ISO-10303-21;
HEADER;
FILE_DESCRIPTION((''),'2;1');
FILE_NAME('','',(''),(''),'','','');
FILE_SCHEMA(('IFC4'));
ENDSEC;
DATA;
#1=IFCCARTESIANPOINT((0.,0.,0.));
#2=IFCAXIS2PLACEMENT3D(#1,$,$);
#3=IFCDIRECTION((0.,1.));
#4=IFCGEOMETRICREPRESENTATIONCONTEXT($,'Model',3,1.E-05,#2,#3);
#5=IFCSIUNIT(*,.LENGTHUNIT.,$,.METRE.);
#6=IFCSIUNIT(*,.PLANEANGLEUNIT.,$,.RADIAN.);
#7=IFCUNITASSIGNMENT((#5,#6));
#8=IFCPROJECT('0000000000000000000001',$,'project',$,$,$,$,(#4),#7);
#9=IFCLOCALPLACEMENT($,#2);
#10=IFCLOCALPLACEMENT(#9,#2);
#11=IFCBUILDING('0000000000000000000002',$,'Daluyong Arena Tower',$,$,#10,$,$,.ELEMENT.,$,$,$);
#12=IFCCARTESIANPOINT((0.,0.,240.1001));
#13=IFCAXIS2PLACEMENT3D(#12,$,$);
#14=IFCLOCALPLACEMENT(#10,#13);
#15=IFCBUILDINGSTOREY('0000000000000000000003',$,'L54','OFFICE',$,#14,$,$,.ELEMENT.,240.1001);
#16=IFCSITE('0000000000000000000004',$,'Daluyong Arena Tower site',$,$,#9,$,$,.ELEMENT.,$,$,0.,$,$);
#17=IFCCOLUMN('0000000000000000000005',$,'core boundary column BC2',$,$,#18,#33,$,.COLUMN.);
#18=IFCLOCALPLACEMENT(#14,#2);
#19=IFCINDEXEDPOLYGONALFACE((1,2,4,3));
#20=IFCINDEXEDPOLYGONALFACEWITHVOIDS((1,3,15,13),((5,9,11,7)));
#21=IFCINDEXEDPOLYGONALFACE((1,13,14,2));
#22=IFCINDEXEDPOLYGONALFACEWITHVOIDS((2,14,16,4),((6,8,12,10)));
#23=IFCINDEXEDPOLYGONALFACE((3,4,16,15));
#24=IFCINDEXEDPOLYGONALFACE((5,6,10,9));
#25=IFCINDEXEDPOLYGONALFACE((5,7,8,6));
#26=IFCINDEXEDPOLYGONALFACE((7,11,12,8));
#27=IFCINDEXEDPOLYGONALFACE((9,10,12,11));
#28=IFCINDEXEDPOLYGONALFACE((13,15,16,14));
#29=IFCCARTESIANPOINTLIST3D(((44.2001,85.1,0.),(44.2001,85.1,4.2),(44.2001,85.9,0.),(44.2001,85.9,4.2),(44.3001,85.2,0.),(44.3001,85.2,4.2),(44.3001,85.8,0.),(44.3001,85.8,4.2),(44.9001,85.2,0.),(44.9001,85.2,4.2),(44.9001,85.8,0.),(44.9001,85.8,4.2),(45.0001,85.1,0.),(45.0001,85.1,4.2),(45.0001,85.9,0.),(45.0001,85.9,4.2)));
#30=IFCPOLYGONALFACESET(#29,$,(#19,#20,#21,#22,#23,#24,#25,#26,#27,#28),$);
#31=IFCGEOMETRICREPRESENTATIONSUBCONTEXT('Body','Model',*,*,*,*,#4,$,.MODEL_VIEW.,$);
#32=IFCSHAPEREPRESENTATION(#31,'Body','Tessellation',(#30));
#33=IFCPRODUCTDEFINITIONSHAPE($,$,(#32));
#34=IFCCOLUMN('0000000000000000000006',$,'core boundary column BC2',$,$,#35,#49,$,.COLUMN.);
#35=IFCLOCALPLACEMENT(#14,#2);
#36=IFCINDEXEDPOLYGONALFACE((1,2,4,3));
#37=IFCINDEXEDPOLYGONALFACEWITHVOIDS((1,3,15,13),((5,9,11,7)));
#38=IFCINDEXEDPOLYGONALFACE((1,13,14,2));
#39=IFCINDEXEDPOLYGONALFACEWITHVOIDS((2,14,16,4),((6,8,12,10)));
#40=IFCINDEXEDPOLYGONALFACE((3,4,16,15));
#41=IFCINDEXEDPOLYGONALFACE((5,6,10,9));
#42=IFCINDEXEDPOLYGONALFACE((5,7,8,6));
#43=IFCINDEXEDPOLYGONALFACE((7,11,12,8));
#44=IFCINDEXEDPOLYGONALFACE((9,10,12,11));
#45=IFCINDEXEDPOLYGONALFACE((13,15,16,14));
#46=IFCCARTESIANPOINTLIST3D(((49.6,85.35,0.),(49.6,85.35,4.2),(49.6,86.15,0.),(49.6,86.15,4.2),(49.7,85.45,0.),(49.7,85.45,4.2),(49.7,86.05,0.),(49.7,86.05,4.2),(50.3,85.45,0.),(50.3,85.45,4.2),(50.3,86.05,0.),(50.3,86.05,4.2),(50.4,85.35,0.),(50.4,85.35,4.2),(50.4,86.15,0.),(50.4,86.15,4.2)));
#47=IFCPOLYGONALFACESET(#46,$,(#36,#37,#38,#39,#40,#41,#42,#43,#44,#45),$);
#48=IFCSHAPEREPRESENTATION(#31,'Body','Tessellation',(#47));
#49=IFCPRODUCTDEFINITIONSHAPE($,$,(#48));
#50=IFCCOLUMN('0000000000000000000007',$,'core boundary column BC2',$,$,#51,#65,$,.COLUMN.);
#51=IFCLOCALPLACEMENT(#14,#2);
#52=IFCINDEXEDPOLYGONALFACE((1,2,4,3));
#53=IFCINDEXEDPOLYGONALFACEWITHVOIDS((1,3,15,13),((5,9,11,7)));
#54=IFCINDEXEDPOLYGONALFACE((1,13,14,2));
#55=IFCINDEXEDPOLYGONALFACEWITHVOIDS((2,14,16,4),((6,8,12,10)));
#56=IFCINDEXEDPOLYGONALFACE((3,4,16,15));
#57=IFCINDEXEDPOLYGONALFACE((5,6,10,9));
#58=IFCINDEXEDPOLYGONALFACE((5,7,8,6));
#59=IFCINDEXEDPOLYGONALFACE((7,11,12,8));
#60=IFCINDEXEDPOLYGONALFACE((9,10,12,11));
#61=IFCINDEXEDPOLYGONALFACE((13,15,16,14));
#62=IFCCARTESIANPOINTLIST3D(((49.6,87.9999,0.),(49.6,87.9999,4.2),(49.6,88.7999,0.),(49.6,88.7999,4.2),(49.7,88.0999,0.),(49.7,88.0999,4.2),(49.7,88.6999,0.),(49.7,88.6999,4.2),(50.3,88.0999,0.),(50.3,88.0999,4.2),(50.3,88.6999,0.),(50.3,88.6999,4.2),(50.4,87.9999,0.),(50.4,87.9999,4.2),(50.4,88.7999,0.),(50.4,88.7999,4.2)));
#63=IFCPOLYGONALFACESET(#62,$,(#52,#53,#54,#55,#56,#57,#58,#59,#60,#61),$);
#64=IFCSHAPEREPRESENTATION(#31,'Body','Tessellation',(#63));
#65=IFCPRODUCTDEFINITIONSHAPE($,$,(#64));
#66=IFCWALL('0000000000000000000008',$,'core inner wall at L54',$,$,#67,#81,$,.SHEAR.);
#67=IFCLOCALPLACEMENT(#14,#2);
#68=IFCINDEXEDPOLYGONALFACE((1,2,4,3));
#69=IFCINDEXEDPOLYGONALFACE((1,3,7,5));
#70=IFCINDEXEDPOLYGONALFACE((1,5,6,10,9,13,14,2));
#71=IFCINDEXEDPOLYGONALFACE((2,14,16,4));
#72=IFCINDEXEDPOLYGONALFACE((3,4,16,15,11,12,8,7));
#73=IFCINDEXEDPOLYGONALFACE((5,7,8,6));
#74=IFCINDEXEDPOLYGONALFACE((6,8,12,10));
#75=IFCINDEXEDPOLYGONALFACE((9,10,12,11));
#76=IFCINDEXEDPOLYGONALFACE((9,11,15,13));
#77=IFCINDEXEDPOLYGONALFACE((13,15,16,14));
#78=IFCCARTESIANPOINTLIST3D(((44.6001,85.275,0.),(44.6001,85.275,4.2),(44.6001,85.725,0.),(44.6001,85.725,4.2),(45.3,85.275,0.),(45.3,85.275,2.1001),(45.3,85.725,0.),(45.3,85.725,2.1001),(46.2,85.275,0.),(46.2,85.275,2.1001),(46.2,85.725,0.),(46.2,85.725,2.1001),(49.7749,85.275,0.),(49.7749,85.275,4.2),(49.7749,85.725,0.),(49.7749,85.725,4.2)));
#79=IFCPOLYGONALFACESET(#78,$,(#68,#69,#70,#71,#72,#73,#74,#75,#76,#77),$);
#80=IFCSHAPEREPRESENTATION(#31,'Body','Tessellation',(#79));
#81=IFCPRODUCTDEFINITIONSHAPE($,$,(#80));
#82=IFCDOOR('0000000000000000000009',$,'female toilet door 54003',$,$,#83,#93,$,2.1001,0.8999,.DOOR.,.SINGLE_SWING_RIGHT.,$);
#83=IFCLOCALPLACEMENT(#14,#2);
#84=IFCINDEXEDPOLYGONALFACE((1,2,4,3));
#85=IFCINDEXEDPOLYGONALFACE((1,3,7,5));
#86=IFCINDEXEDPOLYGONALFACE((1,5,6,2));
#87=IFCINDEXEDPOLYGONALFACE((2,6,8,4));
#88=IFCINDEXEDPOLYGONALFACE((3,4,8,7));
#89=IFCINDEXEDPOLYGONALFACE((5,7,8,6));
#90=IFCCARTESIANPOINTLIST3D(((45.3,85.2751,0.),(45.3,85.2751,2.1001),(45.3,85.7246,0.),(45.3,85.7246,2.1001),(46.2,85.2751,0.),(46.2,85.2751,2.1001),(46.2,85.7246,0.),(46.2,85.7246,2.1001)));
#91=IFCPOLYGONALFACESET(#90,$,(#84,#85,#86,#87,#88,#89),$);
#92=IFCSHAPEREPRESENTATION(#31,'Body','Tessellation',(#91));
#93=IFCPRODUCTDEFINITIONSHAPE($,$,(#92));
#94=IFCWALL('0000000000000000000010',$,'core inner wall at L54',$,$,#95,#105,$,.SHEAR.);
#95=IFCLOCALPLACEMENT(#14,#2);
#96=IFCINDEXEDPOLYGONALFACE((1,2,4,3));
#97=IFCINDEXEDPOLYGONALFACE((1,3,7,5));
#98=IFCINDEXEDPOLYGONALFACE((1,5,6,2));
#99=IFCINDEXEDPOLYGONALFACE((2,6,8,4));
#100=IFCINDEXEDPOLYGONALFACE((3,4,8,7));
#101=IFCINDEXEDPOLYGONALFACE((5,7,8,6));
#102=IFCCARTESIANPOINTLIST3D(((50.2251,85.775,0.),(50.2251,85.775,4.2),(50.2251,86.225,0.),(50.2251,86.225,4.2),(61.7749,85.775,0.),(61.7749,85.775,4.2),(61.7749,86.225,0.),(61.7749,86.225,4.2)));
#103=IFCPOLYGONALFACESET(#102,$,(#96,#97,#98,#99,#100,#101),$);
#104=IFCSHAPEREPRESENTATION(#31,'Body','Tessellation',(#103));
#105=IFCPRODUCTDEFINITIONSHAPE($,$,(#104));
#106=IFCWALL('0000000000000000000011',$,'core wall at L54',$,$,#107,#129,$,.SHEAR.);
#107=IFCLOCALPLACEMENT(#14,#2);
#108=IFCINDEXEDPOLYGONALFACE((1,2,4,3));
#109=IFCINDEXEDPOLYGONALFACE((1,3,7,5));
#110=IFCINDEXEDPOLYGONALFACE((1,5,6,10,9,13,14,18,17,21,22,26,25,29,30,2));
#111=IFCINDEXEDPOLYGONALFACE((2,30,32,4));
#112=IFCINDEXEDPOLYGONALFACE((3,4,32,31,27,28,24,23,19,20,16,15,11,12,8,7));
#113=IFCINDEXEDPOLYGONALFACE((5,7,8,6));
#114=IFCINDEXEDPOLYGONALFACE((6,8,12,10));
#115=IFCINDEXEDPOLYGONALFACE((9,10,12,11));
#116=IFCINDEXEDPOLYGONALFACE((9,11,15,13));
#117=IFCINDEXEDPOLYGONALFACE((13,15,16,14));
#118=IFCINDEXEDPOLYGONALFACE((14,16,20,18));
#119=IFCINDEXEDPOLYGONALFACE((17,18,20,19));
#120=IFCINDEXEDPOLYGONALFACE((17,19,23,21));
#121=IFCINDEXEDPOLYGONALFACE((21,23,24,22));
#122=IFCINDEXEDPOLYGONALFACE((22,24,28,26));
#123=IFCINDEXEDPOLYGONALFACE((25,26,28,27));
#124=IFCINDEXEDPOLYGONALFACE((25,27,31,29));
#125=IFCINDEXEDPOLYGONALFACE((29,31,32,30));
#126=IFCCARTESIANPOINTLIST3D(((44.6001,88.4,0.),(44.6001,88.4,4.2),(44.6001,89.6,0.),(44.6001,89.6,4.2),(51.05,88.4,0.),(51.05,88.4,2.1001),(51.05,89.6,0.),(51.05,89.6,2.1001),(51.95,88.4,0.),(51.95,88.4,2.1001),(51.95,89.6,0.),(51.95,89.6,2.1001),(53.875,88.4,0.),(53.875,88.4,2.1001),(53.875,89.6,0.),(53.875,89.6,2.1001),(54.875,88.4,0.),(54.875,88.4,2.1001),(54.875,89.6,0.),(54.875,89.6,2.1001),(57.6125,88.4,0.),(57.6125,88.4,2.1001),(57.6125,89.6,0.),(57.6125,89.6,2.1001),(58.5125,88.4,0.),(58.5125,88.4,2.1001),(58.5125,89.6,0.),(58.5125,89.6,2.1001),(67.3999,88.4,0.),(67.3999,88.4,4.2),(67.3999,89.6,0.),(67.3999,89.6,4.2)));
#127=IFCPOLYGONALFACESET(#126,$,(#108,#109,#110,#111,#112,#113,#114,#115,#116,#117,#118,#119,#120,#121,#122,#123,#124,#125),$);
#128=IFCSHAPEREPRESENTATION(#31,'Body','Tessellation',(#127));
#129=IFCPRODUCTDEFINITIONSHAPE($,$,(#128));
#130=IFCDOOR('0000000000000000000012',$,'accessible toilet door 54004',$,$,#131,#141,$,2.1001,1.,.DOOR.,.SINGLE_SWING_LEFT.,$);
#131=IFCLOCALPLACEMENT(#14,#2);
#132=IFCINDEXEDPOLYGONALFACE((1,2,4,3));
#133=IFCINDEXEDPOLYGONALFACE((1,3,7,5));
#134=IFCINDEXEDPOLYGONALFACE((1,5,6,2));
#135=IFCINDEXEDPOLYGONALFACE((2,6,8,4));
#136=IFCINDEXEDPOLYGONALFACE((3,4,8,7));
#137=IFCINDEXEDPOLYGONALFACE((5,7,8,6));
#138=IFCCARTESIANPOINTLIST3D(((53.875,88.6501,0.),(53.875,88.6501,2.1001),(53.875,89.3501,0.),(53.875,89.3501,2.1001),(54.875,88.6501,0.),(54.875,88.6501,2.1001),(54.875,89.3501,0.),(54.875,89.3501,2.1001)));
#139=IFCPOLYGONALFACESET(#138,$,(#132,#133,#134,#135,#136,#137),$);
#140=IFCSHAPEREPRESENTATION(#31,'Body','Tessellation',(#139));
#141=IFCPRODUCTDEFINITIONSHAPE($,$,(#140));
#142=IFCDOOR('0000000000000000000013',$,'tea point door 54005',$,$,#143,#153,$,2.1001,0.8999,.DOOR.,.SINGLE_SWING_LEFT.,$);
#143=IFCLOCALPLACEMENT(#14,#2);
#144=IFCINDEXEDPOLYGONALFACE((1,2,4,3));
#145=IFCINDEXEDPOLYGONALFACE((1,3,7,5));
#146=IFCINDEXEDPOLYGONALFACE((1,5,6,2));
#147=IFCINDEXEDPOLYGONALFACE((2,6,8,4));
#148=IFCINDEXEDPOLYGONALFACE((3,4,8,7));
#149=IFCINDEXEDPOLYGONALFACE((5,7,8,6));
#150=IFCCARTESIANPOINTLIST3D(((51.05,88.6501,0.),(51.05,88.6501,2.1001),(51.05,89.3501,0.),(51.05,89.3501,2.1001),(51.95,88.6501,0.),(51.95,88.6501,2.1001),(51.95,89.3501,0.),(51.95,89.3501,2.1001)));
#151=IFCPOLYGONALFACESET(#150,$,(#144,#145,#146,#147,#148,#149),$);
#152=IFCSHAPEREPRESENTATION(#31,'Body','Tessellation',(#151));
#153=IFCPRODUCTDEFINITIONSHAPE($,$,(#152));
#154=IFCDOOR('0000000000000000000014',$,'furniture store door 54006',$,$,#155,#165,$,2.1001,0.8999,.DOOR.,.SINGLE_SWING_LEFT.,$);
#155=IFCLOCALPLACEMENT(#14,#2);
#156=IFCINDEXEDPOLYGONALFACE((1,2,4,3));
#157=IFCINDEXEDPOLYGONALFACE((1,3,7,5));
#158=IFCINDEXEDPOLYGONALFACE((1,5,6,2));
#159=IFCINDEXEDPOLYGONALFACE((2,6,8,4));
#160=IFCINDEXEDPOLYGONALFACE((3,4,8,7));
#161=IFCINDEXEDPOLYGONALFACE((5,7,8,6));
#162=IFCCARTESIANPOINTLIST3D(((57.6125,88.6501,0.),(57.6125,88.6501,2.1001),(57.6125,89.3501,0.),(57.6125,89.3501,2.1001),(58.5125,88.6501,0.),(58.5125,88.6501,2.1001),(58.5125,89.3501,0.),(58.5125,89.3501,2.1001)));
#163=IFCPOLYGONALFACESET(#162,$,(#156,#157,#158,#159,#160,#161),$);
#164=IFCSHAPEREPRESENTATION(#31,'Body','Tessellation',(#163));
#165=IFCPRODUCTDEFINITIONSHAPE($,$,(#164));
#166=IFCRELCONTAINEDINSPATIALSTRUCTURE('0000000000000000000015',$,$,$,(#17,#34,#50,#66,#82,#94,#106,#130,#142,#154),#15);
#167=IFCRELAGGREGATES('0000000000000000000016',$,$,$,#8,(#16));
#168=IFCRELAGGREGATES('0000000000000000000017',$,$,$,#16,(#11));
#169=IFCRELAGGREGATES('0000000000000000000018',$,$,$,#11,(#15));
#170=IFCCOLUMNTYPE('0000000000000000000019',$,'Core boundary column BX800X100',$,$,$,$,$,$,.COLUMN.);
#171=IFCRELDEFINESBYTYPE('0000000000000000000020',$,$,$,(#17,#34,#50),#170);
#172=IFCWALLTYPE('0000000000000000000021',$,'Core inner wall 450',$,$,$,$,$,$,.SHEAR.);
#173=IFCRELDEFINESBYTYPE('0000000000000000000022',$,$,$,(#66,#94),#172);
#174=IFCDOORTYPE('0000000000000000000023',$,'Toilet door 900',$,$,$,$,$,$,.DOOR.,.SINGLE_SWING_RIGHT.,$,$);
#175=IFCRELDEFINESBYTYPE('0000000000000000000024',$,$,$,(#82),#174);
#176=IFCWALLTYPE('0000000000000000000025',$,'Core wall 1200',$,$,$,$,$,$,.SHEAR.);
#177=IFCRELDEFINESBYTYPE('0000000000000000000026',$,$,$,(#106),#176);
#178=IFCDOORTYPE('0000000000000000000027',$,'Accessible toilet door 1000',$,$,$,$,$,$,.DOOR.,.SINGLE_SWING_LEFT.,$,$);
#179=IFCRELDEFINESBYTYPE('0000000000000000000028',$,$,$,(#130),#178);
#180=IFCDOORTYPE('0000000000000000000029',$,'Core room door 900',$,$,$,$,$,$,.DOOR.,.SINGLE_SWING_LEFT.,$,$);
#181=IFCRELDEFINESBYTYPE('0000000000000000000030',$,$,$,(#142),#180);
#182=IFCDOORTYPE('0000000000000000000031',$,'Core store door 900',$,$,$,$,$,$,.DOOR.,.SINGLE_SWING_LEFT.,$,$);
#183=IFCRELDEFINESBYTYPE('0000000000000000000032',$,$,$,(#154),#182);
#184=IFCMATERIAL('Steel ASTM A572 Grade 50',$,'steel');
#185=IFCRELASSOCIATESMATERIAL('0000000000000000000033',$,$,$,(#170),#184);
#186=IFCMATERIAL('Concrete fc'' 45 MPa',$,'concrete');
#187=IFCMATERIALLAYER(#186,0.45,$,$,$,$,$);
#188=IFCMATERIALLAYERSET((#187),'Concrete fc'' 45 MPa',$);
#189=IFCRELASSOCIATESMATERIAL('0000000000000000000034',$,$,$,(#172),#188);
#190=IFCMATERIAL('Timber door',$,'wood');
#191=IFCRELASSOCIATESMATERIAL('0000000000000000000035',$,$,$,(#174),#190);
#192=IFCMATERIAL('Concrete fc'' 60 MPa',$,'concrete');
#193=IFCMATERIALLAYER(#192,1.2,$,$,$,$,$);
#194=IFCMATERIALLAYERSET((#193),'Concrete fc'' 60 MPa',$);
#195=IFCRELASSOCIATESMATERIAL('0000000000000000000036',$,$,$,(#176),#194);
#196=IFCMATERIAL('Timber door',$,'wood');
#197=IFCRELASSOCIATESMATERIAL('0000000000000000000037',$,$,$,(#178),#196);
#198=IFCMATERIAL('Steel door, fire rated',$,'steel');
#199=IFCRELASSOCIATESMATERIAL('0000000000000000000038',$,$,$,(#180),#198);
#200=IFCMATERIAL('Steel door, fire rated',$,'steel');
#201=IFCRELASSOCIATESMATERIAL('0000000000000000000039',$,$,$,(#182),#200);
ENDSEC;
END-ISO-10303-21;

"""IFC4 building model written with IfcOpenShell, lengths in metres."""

from ifc_helpers import new_model, si_unit, direction, frame, frame_2d, origin, origin_2d, place, context, subcontext, project, spatial, rectangle, hollow_rectangle, extrude, material, layer, layer_set, material_profile, profile_set, type_object, element, fill, save


model = new_model("IFC4")

# Units and contexts
model_context = context("Model", 3, precision=1e-05, world=origin(), true_north=direction((0.0, 1.0)))
body_context = subcontext(model_context, "Body", "Model", "MODEL_VIEW")
ifc_project = project(units=[si_unit("LENGTHUNIT", "METRE"), si_unit("PLANEANGLEUNIT", "RADIAN")], contexts=[model_context])

# Site, building, storey
site_placement = place(None, origin())
site = spatial("IfcSite", under=ifc_project, at=site_placement, Name="Daluyong Arena Tower site", CompositionType="ELEMENT", RefElevation=0.0)
building_placement = place(site_placement, origin())
building = spatial("IfcBuilding", under=site, at=building_placement, Name="Daluyong Arena Tower", CompositionType="ELEMENT")
storey_placement = place(building_placement, frame((0.0, 0.0, 240.1001)))
storey = spatial("IfcBuildingStorey", under=building, at=storey_placement, Name="L54", Description="OFFICE", CompositionType="ELEMENT", Elevation=240.1001)

# Columns
ifc_material_1 = material(Name="Steel ASTM A572 Grade 50", Category="steel")
ifc_material_profile = material_profile(ifc_material_1, hollow_rectangle(XDim=0.8, YDim=0.8, WallThickness=0.1, at=origin_2d()))
ifc_profile_set = profile_set([ifc_material_profile], Name="Steel ASTM A572 Grade 50")
column_type = type_object("IfcColumnType", Name="Core boundary column BX800X100", PredefinedType="COLUMN", material=ifc_profile_set)
for number, where, z_axis, x_axis, name in (
    (1, (44.6001, 85.5, 0.0), (0.0, 0.0, 1.0), (1.0, 0.0, 0.0), "core boundary column BC2"),
    (2, (50.0, 85.75, 0.0), (0.0, 0.0, 1.0), (1.0, 0.0, 0.0), "core boundary column BC2"),
    (3, (50.0, 88.3999, 0.0), (0.0, 0.0, 1.0), (1.0, 0.0, 0.0), "core boundary column BC2"),
):
    element("IfcColumn", number, at=place(storey_placement, frame(where, z_axis=z_axis, x_axis=x_axis)), inside=storey, type_object=column_type, Name=name, PredefinedType="COLUMN", context=body_context, shape_type="SweptSolid", body=[
        extrude(hollow_rectangle(XDim=0.8, YDim=0.8, WallThickness=0.1, at=origin_2d()), origin(), (0.0, 0.0, 1.0), 4.2),
    ])

# Wall, opening, door
ifc_material_2 = material(Name="Concrete fc' 45 MPa", Category="concrete")
ifc_layer_1 = layer(ifc_material_2, 0.45)
ifc_layer_set_1 = layer_set([ifc_layer_1], Name="Concrete fc' 45 MPa")
wall_type_1 = type_object("IfcWallType", Name="Core inner wall 450", PredefinedType="SHEAR", material=ifc_layer_set_1)
wall_1_placement = place(storey_placement, frame((44.6001, 85.5, 0.0), z_axis=(0.0, 0.0, 1.0), x_axis=(1.0, 0.0, 0.0)))
wall_1 = element("IfcWall", 4, at=wall_1_placement, inside=storey, type_object=wall_type_1, Name="core inner wall at L54", PredefinedType="SHEAR", context=body_context, shape_type="SweptSolid", body=[
    extrude(rectangle(XDim=5.1748, YDim=0.45, at=frame_2d((2.5874, 0.0))), origin(), (0.0, 0.0, 1.0), 4.2),
])
opening_1_placement = place(wall_1_placement, frame((0.7, 0.0, 0.0)))
opening_1 = element("IfcOpeningElement", 5, at=opening_1_placement, cuts=wall_1, PredefinedType="OPENING", context=body_context, shape_type="SweptSolid", body=[
    extrude(rectangle(XDim=0.8999, YDim=2.1001, at=frame_2d((0.45, 1.05))), frame((0.0, 0.2349, 0.0), z_axis=(0.0, -1.0, 0.0), x_axis=(1.0, 0.0, 0.0)), (0.0, 0.0, 1.0), 0.47),
])
ifc_material_3 = material(Name="Timber door", Category="wood")
door_type_1 = type_object("IfcDoorType", Name="Toilet door 900", OperationType="SINGLE_SWING_RIGHT", PredefinedType="DOOR", material=ifc_material_3)
door_1_placement = place(opening_1_placement, origin())
door_1 = element("IfcDoor", 6, at=door_1_placement, inside=storey, type_object=door_type_1, Name="female toilet door 54003", OperationType="SINGLE_SWING_RIGHT", OverallHeight=2.1001, OverallWidth=0.8999, PredefinedType="DOOR", context=body_context, shape_type="SweptSolid", body=[
    extrude(rectangle(XDim=0.8999, YDim=2.1001, at=frame_2d((0.45, 1.05))), frame((0.0, 0.2246, 0.0), z_axis=(0.0, -1.0, 0.0), x_axis=(1.0, 0.0, 0.0)), (0.0, 0.0, 1.0), 0.4495),
])
fill(opening_1, door_1)

# Wall
wall_2_placement = place(storey_placement, frame((50.2251, 86.0, 0.0), z_axis=(0.0, 0.0, 1.0), x_axis=(1.0, 0.0, 0.0)))
element("IfcWall", 7, at=wall_2_placement, inside=storey, type_object=wall_type_1, Name="core inner wall at L54", PredefinedType="SHEAR", context=body_context, shape_type="SweptSolid", body=[
    extrude(rectangle(XDim=11.5498, YDim=0.45, at=frame_2d((5.7749, 0.0))), origin(), (0.0, 0.0, 1.0), 4.2),
])

# Wall, openings, doors
ifc_material_4 = material(Name="Concrete fc' 60 MPa", Category="concrete")
ifc_layer_2 = layer(ifc_material_4, 1.2)
ifc_layer_set_2 = layer_set([ifc_layer_2], Name="Concrete fc' 60 MPa")
wall_type_2 = type_object("IfcWallType", Name="Core wall 1200", PredefinedType="SHEAR", material=ifc_layer_set_2)
wall_3_placement = place(storey_placement, frame((44.6001, 89.0, 0.0), z_axis=(0.0, 0.0, 1.0), x_axis=(1.0, 0.0, 0.0)))
wall_3 = element("IfcWall", 8, at=wall_3_placement, inside=storey, type_object=wall_type_2, Name="core wall at L54", PredefinedType="SHEAR", context=body_context, shape_type="SweptSolid", body=[
    extrude(rectangle(XDim=22.7998, YDim=1.2, at=frame_2d((11.3999, 0.0))), origin(), (0.0, 0.0, 1.0), 4.2),
])
opening_2_placement = place(wall_3_placement, frame((9.2749, 0.0, 0.0)))
opening_2 = element("IfcOpeningElement", 9, at=opening_2_placement, cuts=wall_3, PredefinedType="OPENING", context=body_context, shape_type="SweptSolid", body=[
    extrude(rectangle(XDim=1.0, YDim=2.1001, at=frame_2d((0.5, 1.05))), frame((0.0, 0.6099, 0.0), z_axis=(0.0, -1.0, 0.0), x_axis=(1.0, 0.0, 0.0)), (0.0, 0.0, 1.0), 1.22),
])
opening_3_placement = place(wall_3_placement, frame((6.45, 0.0, 0.0)))
opening_3 = element("IfcOpeningElement", 10, at=opening_3_placement, cuts=wall_3, PredefinedType="OPENING", context=body_context, shape_type="SweptSolid", body=[
    extrude(rectangle(XDim=0.8999, YDim=2.1001, at=frame_2d((0.45, 1.05))), frame((0.0, 0.6099, 0.0), z_axis=(0.0, -1.0, 0.0), x_axis=(1.0, 0.0, 0.0)), (0.0, 0.0, 1.0), 1.22),
])
opening_4_placement = place(wall_3_placement, frame((13.0125, 0.0, 0.0)))
opening_4 = element("IfcOpeningElement", 11, at=opening_4_placement, cuts=wall_3, PredefinedType="OPENING", context=body_context, shape_type="SweptSolid", body=[
    extrude(rectangle(XDim=0.8999, YDim=2.1001, at=frame_2d((0.45, 1.05))), frame((0.0, 0.6099, 0.0), z_axis=(0.0, -1.0, 0.0), x_axis=(1.0, 0.0, 0.0)), (0.0, 0.0, 1.0), 1.22),
])
ifc_material_5 = material(Name="Timber door", Category="wood")
door_type_2 = type_object("IfcDoorType", Name="Accessible toilet door 1000", OperationType="SINGLE_SWING_LEFT", PredefinedType="DOOR", material=ifc_material_5)
door_2_placement = place(opening_2_placement, origin())
door_2 = element("IfcDoor", 12, at=door_2_placement, inside=storey, type_object=door_type_2, Name="accessible toilet door 54004", OperationType="SINGLE_SWING_LEFT", OverallHeight=2.1001, OverallWidth=1.0, PredefinedType="DOOR", context=body_context, shape_type="SweptSolid", body=[
    extrude(rectangle(XDim=1.0, YDim=2.1001, at=frame_2d((0.5, 1.05))), frame((0.0, 0.3501, 0.0), z_axis=(0.0, -1.0, 0.0), x_axis=(1.0, 0.0, 0.0)), (0.0, 0.0, 1.0), 0.7),
])
fill(opening_2, door_2)
ifc_material_6 = material(Name="Steel door, fire rated", Category="steel")
door_type_3 = type_object("IfcDoorType", Name="Core room door 900", OperationType="SINGLE_SWING_LEFT", PredefinedType="DOOR", material=ifc_material_6)
door_3_placement = place(opening_3_placement, origin())
door_3 = element("IfcDoor", 13, at=door_3_placement, inside=storey, type_object=door_type_3, Name="tea point door 54005", OperationType="SINGLE_SWING_LEFT", OverallHeight=2.1001, OverallWidth=0.8999, PredefinedType="DOOR", context=body_context, shape_type="SweptSolid", body=[
    extrude(rectangle(XDim=0.8999, YDim=2.1001, at=frame_2d((0.45, 1.05))), frame((0.0, 0.3501, 0.0), z_axis=(0.0, -1.0, 0.0), x_axis=(1.0, 0.0, 0.0)), (0.0, 0.0, 1.0), 0.7),
])
fill(opening_3, door_3)
ifc_material_7 = material(Name="Steel door, fire rated", Category="steel")
door_type_4 = type_object("IfcDoorType", Name="Core store door 900", OperationType="SINGLE_SWING_LEFT", PredefinedType="DOOR", material=ifc_material_7)
door_4_placement = place(opening_4_placement, origin())
door_4 = element("IfcDoor", 14, at=door_4_placement, inside=storey, type_object=door_type_4, Name="furniture store door 54006", OperationType="SINGLE_SWING_LEFT", OverallHeight=2.1001, OverallWidth=0.8999, PredefinedType="DOOR", context=body_context, shape_type="SweptSolid", body=[
    extrude(rectangle(XDim=0.8999, YDim=2.1001, at=frame_2d((0.45, 1.05))), frame((0.0, 0.3501, 0.0), z_axis=(0.0, -1.0, 0.0), x_axis=(1.0, 0.0, 0.0)), (0.0, 0.0, 1.0), 0.7),
])
fill(opening_4, door_4)

save(model, "model.ifc")
